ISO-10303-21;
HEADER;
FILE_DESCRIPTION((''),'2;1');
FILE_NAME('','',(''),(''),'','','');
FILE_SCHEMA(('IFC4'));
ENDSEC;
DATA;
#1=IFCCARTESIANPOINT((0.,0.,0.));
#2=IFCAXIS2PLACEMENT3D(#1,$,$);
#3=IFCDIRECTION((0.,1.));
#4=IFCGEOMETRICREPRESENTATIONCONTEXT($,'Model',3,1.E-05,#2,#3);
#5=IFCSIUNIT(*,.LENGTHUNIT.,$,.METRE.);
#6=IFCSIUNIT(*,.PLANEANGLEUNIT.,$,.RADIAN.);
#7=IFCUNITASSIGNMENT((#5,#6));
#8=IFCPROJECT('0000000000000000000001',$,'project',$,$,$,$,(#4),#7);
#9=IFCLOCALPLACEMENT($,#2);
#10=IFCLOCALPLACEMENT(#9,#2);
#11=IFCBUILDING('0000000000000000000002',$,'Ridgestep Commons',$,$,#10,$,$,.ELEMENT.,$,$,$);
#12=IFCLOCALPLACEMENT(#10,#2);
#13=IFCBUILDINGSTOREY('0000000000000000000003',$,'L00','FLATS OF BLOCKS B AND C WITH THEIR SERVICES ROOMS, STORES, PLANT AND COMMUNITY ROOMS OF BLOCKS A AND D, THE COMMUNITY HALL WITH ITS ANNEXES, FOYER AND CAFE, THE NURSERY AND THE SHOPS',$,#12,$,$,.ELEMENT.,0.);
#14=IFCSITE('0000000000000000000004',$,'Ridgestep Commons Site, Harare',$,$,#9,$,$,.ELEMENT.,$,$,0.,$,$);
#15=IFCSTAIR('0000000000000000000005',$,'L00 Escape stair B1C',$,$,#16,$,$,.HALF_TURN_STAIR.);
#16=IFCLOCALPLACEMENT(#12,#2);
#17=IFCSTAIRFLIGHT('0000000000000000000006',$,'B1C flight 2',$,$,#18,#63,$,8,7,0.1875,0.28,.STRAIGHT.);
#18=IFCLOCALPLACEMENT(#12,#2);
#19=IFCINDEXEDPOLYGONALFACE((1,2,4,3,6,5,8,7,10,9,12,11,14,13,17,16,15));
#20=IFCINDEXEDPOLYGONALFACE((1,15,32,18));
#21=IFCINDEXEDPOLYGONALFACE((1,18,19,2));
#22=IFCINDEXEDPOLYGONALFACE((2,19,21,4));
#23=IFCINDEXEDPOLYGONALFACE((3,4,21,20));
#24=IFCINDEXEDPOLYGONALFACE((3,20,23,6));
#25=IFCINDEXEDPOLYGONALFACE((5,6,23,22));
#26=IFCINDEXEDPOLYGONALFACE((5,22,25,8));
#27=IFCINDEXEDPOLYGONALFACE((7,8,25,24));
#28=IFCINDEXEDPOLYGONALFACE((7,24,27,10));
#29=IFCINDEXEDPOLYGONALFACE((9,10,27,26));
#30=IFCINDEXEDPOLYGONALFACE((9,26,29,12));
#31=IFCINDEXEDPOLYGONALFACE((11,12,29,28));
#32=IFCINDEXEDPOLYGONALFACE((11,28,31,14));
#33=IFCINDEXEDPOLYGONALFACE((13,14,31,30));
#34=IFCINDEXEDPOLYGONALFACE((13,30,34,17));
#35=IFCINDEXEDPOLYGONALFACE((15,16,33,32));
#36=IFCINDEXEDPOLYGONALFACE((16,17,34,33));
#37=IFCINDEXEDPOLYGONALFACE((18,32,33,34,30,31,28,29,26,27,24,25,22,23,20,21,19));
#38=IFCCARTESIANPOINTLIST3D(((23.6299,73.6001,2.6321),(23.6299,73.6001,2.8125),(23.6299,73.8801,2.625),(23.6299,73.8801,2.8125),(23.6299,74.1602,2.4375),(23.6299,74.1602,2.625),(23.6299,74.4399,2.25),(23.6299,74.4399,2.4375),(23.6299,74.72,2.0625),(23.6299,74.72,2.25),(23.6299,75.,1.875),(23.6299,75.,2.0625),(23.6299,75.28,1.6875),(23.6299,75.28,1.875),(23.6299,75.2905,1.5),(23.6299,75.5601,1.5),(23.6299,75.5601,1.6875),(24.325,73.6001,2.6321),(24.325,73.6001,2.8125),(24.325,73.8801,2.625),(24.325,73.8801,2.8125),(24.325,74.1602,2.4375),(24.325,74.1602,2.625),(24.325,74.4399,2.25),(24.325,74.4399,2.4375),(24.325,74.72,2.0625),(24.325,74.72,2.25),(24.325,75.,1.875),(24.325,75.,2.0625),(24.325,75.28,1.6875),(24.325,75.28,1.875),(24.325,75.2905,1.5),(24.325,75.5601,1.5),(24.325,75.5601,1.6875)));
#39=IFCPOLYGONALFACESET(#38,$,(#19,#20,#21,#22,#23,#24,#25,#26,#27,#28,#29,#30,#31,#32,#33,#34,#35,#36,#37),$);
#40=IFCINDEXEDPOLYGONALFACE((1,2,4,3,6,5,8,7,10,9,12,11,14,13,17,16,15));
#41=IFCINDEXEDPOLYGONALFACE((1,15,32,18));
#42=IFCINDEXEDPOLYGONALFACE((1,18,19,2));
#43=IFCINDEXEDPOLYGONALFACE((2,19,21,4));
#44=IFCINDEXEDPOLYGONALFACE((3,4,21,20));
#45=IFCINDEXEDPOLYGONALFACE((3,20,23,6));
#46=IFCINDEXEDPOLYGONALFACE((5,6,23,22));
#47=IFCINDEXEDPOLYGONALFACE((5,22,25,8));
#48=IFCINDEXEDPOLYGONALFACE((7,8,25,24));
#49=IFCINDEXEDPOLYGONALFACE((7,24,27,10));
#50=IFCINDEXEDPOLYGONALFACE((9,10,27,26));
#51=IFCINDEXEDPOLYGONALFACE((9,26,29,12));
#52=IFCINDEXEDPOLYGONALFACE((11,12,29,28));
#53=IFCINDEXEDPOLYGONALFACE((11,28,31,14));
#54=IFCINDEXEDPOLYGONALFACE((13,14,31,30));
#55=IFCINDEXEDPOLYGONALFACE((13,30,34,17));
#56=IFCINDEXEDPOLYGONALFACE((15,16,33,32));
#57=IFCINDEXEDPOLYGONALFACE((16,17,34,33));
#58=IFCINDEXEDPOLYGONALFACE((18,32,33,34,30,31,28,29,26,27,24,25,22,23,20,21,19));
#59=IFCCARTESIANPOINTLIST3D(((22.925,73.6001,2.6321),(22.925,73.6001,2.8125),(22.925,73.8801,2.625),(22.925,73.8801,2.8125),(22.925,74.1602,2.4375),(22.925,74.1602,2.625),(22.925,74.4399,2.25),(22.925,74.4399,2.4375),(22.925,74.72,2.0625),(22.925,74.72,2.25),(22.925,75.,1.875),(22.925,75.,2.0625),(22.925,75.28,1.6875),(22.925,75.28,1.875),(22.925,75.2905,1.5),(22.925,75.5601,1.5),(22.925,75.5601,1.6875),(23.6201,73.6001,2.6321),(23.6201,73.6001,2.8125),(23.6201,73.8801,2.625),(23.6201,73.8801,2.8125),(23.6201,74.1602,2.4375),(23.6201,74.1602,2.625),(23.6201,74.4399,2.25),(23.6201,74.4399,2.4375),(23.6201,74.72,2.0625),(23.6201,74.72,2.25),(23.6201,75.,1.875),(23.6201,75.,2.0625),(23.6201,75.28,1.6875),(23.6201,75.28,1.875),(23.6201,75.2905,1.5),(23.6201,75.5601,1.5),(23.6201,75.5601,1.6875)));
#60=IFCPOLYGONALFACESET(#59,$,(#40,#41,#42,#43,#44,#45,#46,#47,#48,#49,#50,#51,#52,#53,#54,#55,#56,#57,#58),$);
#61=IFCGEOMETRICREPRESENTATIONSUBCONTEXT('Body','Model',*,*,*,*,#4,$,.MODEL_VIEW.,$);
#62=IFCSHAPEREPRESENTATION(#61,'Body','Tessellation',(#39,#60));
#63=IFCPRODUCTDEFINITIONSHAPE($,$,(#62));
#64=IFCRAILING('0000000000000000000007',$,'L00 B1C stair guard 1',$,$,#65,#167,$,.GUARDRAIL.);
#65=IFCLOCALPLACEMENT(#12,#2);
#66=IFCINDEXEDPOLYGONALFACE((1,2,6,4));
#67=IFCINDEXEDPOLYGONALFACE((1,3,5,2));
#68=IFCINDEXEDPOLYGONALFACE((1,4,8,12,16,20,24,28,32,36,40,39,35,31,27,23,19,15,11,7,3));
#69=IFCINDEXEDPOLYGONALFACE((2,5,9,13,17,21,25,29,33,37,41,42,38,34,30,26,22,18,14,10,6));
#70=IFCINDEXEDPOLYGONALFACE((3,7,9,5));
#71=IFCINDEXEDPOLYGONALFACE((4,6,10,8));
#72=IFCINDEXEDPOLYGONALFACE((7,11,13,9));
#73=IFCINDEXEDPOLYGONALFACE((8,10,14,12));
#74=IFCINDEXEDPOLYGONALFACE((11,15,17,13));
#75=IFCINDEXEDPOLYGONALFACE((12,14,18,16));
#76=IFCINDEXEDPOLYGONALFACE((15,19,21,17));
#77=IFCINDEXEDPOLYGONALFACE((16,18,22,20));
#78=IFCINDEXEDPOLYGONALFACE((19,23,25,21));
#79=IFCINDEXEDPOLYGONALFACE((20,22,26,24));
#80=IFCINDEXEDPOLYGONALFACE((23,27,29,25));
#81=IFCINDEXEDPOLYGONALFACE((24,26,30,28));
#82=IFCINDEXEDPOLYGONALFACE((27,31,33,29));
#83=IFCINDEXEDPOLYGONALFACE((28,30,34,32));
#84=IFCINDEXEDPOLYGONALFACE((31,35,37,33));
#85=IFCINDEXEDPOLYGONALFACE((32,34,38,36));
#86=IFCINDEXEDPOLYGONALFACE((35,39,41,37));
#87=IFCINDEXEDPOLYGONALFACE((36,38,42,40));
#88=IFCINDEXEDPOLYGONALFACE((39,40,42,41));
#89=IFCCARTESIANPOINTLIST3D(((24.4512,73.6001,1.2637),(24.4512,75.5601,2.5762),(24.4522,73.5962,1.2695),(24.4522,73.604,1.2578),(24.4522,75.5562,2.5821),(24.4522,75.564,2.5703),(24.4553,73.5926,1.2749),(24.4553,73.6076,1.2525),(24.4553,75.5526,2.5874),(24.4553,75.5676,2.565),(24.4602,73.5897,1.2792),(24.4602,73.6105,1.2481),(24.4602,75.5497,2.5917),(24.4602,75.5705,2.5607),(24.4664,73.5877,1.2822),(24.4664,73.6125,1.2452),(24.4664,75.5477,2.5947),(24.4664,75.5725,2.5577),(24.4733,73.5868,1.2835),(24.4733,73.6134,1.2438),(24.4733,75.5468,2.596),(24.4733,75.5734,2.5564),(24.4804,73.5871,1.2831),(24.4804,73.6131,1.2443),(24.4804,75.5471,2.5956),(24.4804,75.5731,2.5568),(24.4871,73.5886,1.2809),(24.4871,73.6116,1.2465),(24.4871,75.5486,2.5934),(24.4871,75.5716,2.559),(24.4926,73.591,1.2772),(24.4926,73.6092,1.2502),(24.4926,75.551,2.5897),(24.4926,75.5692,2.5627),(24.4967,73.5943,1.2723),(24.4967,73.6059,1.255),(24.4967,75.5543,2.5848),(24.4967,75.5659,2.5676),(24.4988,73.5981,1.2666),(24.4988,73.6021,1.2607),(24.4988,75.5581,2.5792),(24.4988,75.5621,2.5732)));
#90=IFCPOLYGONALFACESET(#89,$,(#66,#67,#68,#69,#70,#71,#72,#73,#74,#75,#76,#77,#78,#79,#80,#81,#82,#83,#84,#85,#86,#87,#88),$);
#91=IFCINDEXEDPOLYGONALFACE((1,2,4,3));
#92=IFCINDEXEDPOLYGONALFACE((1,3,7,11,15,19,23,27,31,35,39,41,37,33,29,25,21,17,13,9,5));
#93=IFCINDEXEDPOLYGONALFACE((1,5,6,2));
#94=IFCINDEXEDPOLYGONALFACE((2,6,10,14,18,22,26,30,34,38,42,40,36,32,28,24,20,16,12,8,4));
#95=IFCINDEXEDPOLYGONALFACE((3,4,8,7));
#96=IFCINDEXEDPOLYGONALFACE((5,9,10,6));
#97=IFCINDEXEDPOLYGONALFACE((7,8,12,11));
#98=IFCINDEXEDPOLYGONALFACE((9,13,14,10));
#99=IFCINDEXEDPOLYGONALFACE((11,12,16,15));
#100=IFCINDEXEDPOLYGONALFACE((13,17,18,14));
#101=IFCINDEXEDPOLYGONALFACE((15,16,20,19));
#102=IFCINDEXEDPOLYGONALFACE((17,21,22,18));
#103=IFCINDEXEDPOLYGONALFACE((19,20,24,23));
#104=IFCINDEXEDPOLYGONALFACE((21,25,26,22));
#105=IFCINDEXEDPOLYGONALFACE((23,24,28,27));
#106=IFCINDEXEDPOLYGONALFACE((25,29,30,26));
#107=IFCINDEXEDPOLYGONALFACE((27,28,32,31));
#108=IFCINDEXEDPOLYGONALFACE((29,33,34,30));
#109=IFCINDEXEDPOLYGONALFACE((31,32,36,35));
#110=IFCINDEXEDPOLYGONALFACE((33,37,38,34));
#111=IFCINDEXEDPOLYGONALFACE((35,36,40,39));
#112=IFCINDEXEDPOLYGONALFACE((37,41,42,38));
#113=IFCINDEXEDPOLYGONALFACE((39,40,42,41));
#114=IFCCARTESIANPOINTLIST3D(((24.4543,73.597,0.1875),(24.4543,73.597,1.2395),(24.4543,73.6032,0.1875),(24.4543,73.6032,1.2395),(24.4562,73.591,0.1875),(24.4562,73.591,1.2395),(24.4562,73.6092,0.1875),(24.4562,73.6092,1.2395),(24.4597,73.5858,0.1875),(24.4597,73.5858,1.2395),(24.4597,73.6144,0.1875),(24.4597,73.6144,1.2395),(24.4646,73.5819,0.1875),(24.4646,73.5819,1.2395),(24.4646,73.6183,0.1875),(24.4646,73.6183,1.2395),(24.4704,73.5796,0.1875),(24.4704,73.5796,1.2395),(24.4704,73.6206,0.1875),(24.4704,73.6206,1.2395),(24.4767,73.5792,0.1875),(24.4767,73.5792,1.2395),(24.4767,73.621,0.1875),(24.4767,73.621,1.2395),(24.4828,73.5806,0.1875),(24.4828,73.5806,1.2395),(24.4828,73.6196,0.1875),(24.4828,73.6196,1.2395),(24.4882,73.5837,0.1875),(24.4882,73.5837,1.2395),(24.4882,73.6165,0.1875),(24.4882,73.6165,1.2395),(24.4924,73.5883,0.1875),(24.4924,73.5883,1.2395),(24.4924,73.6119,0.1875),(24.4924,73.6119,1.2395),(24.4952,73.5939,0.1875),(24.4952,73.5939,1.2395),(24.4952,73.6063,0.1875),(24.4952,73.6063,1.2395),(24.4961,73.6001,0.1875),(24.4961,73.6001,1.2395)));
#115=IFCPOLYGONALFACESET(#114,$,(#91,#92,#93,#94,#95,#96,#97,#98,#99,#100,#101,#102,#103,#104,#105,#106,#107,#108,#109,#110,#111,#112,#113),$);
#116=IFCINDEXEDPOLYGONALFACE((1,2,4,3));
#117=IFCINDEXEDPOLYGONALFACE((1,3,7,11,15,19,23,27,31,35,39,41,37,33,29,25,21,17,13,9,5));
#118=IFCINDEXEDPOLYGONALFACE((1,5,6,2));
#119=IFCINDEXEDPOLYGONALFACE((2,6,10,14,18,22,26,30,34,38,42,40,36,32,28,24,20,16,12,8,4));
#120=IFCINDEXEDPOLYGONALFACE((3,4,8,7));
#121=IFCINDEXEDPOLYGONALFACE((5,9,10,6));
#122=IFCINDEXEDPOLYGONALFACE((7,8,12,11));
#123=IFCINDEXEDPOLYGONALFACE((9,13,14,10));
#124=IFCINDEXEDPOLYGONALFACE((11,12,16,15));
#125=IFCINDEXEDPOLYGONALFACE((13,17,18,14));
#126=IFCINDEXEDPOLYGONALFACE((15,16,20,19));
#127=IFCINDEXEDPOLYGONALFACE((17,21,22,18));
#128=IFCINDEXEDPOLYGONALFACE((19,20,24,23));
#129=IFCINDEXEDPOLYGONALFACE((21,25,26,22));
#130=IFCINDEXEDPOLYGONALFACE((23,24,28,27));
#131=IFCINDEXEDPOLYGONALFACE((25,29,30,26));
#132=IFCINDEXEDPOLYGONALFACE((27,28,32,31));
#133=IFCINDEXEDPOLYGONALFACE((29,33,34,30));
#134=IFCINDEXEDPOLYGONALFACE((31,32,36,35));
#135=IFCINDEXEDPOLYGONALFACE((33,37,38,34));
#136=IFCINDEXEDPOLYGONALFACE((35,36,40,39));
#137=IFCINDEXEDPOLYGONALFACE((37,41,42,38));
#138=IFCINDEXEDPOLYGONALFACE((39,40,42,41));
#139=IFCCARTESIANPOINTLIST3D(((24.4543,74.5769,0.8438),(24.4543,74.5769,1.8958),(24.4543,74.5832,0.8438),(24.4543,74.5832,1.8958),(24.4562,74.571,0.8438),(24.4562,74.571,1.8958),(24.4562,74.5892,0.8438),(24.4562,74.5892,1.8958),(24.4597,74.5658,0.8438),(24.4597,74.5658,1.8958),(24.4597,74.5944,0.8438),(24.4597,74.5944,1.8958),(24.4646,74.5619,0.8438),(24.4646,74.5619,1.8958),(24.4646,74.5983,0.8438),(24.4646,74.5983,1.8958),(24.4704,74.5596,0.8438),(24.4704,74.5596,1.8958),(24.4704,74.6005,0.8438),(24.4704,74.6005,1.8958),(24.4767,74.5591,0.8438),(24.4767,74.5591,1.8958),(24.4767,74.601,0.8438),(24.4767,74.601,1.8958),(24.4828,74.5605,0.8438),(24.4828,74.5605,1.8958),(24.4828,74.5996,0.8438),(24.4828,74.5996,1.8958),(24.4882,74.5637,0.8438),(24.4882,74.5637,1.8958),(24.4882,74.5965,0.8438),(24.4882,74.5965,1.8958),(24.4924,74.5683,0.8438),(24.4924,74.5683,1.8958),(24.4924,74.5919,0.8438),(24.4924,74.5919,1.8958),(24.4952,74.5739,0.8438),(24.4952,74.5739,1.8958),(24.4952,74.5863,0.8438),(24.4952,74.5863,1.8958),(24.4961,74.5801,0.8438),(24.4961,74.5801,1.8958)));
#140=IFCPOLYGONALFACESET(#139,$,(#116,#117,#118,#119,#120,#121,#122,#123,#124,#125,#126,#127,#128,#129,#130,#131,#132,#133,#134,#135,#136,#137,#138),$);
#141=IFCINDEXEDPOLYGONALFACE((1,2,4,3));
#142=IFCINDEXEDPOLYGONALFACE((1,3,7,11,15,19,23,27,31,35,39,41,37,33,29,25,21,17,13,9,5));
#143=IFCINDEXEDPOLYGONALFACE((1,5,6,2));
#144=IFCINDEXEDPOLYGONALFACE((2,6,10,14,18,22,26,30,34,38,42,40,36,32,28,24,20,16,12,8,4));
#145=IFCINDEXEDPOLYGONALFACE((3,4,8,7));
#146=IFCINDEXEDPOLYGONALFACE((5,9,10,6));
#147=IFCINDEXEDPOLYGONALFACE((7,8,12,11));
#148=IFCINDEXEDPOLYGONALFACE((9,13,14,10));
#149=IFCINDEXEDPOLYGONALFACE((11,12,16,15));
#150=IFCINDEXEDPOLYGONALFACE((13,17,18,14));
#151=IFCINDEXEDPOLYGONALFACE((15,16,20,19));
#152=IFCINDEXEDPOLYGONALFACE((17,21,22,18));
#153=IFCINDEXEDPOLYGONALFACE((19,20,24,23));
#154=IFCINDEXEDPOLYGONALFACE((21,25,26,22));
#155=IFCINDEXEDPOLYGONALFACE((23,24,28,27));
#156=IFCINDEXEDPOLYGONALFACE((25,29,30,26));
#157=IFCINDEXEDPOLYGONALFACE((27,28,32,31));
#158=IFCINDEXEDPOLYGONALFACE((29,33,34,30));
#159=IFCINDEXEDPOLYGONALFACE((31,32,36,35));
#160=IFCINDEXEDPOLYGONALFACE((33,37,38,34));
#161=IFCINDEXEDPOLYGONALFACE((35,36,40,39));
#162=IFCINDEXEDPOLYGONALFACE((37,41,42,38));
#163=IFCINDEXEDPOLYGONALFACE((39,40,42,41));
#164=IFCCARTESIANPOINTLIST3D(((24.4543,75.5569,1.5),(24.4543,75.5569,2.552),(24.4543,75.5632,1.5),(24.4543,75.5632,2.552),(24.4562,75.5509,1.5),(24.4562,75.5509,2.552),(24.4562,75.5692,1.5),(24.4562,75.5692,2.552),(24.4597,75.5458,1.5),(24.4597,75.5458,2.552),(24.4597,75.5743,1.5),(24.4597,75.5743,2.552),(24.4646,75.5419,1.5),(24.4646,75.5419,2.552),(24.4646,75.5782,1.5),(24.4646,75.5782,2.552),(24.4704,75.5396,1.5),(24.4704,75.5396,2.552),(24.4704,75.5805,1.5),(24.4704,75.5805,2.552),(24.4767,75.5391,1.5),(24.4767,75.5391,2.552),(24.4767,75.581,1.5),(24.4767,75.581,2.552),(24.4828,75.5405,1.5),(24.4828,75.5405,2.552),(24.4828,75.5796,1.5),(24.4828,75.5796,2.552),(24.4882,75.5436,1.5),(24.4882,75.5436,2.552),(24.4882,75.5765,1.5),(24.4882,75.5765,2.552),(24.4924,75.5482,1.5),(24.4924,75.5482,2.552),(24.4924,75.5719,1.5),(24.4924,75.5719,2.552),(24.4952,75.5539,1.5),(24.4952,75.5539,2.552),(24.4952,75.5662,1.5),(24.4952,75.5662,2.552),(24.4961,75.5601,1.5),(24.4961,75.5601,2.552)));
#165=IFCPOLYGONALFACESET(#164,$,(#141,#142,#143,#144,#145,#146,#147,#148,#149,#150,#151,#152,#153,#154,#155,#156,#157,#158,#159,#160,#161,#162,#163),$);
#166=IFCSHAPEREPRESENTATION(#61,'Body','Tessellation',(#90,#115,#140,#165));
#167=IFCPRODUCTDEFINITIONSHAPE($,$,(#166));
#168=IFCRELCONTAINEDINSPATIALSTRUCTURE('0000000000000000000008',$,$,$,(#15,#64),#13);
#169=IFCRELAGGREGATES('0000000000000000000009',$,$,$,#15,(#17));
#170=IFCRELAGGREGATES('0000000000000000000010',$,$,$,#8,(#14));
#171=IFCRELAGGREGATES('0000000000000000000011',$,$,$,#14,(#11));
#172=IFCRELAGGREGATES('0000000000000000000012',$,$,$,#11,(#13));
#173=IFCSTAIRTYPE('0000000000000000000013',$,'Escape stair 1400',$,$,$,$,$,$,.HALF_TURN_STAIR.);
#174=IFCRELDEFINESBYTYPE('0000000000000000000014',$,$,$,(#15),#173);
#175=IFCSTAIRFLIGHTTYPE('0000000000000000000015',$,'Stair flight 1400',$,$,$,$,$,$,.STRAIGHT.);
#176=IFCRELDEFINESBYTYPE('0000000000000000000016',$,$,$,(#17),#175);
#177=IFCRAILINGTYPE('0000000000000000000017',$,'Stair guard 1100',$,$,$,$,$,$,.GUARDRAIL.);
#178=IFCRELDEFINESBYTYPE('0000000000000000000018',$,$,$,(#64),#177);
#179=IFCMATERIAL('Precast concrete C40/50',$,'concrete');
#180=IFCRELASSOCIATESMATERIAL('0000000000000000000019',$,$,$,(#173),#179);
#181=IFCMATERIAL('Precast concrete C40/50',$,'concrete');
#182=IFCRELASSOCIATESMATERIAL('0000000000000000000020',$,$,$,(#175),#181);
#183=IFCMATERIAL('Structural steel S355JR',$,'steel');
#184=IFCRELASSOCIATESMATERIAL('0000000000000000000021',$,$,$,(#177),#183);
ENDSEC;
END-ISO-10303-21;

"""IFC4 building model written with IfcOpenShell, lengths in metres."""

from ifc_helpers import new_model, si_unit, direction, frame, origin, origin_2d, place, context, subcontext, project, spatial, polyline, circle, outline, extrude, material, type_object, element, aggregate, save


model = new_model("IFC4")

# Units and contexts
model_context = context("Model", 3, precision=1e-05, world=origin(), true_north=direction((0.0, 1.0)))
body_context = subcontext(model_context, "Body", "Model", "MODEL_VIEW")
ifc_project = project(units=[si_unit("LENGTHUNIT", "METRE"), si_unit("PLANEANGLEUNIT", "RADIAN")], contexts=[model_context])

# Site, building, storey
site_placement = place(None, origin())
site = spatial("IfcSite", under=ifc_project, at=site_placement, Name="Ridgestep Commons Site, Harare", CompositionType="ELEMENT", RefElevation=0.0)
building_placement = place(site_placement, origin())
building = spatial("IfcBuilding", under=site, at=building_placement, Name="Ridgestep Commons", CompositionType="ELEMENT")
storey_placement = place(building_placement, origin())
storey = spatial("IfcBuildingStorey", under=building, at=storey_placement, Name="L00", Description="FLATS OF BLOCKS B AND C WITH THEIR SERVICES ROOMS, STORES, PLANT AND COMMUNITY ROOMS OF BLOCKS A AND D, THE COMMUNITY HALL WITH ITS ANNEXES, FOYER AND CAFE, THE NURSERY AND THE SHOPS", CompositionType="ELEMENT", Elevation=0.0)

# Stair, stair flight
ifc_material_1 = material(Name="Precast concrete C40/50", Category="concrete")
stair_type = type_object("IfcStairType", Name="Escape stair 1400", PredefinedType="HALF_TURN_STAIR", material=ifc_material_1)
stair_placement = place(storey_placement, origin())
stair = element("IfcStair", 1, at=stair_placement, inside=storey, type_object=stair_type, Name="L00 Escape stair B1C", PredefinedType="HALF_TURN_STAIR")
ifc_material_2 = material(Name="Precast concrete C40/50", Category="concrete")
stair_flight_type = type_object("IfcStairFlightType", Name="Stair flight 1400", PredefinedType="STRAIGHT", material=ifc_material_2)
stair_flight_1_placement = place(storey_placement, frame((23.625, 75.5601, 1.5), z_axis=(0.0, 0.0, 1.0), x_axis=(0.0, -1.0, 0.0)))
stair_flight_1 = element("IfcStairFlight", 2, at=stair_flight_1_placement, type_object=stair_flight_type, Name="B1C flight 2", NumberOfRisers=8, NumberOfTreads=7, PredefinedType="STRAIGHT", RiserHeight=0.1875, TreadLength=0.28, context=body_context, shape_type="SweptSolid", body=[
    extrude(outline(polyline([(0.0, 0.0), (0.0, 0.1875), (0.28, 0.1875), (0.28, 0.375), (0.5601, 0.375), (0.5601, 0.5625), (0.8401, 0.5625), (0.8401, 0.75), (1.1201, 0.75), (1.1201, 0.9375), (1.3999, 0.9375), (1.3999, 1.125), (1.6799, 1.125), (1.6799, 1.3125), (1.96, 1.3125), (1.96, 1.5), (1.96, 1.1321), (0.2695, 0.0), (0.0, 0.0)])), frame((0.0, 0.7, 0.0), z_axis=(0.0, -1.0, 0.0), x_axis=(1.0, 0.0, 0.0)), (0.0, 0.0, 1.0), 0.6951),
    extrude(outline(polyline([(0.0, 0.0), (0.0, 0.1875), (0.28, 0.1875), (0.28, 0.375), (0.5601, 0.375), (0.5601, 0.5625), (0.8401, 0.5625), (0.8401, 0.75), (1.1201, 0.75), (1.1201, 0.9375), (1.3999, 0.9375), (1.3999, 1.125), (1.6799, 1.125), (1.6799, 1.3125), (1.96, 1.3125), (1.96, 1.5), (1.96, 1.1321), (0.2695, 0.0), (0.0, 0.0)])), frame((0.0, -0.0049, 0.0), z_axis=(0.0, -1.0, 0.0), x_axis=(1.0, 0.0, 0.0)), (0.0, 0.0, 1.0), 0.6951),
])
aggregate(stair, [stair_flight_1])

# Railing
ifc_material_3 = material(Name="Structural steel S355JR", Category="steel")
railing_type_1 = type_object("IfcRailingType", Name="Stair guard 1100", PredefinedType="GUARDRAIL", material=ifc_material_3)
railing_1_placement = place(storey_placement, frame((24.4751, 73.6001, 0.1875)))
element("IfcRailing", 3, at=railing_1_placement, inside=storey, type_object=railing_type_1, Name="L00 B1C stair guard 1", PredefinedType="GUARDRAIL", context=body_context, shape_type="SweptSolid", body=[
    extrude(circle(Radius=0.0239, at=origin_2d()), frame((0.0, 0.0, 1.0762), z_axis=(0.0, 0.830902, 0.556419), x_axis=(-1.0, 0.0, 0.0)), (0.0, 0.0, 1.0), 2.3589),
    extrude(circle(Radius=0.021, at=origin_2d()), origin(), (0.0, 0.0, 1.0), 1.052),
    extrude(circle(Radius=0.021, at=origin_2d()), frame((0.0, 0.98, 0.6562)), (0.0, 0.0, 1.0), 1.052),
    extrude(circle(Radius=0.021, at=origin_2d()), frame((0.0, 1.96, 1.3125)), (0.0, 0.0, 1.0), 1.052),
])

save(model, "model.ifc")
